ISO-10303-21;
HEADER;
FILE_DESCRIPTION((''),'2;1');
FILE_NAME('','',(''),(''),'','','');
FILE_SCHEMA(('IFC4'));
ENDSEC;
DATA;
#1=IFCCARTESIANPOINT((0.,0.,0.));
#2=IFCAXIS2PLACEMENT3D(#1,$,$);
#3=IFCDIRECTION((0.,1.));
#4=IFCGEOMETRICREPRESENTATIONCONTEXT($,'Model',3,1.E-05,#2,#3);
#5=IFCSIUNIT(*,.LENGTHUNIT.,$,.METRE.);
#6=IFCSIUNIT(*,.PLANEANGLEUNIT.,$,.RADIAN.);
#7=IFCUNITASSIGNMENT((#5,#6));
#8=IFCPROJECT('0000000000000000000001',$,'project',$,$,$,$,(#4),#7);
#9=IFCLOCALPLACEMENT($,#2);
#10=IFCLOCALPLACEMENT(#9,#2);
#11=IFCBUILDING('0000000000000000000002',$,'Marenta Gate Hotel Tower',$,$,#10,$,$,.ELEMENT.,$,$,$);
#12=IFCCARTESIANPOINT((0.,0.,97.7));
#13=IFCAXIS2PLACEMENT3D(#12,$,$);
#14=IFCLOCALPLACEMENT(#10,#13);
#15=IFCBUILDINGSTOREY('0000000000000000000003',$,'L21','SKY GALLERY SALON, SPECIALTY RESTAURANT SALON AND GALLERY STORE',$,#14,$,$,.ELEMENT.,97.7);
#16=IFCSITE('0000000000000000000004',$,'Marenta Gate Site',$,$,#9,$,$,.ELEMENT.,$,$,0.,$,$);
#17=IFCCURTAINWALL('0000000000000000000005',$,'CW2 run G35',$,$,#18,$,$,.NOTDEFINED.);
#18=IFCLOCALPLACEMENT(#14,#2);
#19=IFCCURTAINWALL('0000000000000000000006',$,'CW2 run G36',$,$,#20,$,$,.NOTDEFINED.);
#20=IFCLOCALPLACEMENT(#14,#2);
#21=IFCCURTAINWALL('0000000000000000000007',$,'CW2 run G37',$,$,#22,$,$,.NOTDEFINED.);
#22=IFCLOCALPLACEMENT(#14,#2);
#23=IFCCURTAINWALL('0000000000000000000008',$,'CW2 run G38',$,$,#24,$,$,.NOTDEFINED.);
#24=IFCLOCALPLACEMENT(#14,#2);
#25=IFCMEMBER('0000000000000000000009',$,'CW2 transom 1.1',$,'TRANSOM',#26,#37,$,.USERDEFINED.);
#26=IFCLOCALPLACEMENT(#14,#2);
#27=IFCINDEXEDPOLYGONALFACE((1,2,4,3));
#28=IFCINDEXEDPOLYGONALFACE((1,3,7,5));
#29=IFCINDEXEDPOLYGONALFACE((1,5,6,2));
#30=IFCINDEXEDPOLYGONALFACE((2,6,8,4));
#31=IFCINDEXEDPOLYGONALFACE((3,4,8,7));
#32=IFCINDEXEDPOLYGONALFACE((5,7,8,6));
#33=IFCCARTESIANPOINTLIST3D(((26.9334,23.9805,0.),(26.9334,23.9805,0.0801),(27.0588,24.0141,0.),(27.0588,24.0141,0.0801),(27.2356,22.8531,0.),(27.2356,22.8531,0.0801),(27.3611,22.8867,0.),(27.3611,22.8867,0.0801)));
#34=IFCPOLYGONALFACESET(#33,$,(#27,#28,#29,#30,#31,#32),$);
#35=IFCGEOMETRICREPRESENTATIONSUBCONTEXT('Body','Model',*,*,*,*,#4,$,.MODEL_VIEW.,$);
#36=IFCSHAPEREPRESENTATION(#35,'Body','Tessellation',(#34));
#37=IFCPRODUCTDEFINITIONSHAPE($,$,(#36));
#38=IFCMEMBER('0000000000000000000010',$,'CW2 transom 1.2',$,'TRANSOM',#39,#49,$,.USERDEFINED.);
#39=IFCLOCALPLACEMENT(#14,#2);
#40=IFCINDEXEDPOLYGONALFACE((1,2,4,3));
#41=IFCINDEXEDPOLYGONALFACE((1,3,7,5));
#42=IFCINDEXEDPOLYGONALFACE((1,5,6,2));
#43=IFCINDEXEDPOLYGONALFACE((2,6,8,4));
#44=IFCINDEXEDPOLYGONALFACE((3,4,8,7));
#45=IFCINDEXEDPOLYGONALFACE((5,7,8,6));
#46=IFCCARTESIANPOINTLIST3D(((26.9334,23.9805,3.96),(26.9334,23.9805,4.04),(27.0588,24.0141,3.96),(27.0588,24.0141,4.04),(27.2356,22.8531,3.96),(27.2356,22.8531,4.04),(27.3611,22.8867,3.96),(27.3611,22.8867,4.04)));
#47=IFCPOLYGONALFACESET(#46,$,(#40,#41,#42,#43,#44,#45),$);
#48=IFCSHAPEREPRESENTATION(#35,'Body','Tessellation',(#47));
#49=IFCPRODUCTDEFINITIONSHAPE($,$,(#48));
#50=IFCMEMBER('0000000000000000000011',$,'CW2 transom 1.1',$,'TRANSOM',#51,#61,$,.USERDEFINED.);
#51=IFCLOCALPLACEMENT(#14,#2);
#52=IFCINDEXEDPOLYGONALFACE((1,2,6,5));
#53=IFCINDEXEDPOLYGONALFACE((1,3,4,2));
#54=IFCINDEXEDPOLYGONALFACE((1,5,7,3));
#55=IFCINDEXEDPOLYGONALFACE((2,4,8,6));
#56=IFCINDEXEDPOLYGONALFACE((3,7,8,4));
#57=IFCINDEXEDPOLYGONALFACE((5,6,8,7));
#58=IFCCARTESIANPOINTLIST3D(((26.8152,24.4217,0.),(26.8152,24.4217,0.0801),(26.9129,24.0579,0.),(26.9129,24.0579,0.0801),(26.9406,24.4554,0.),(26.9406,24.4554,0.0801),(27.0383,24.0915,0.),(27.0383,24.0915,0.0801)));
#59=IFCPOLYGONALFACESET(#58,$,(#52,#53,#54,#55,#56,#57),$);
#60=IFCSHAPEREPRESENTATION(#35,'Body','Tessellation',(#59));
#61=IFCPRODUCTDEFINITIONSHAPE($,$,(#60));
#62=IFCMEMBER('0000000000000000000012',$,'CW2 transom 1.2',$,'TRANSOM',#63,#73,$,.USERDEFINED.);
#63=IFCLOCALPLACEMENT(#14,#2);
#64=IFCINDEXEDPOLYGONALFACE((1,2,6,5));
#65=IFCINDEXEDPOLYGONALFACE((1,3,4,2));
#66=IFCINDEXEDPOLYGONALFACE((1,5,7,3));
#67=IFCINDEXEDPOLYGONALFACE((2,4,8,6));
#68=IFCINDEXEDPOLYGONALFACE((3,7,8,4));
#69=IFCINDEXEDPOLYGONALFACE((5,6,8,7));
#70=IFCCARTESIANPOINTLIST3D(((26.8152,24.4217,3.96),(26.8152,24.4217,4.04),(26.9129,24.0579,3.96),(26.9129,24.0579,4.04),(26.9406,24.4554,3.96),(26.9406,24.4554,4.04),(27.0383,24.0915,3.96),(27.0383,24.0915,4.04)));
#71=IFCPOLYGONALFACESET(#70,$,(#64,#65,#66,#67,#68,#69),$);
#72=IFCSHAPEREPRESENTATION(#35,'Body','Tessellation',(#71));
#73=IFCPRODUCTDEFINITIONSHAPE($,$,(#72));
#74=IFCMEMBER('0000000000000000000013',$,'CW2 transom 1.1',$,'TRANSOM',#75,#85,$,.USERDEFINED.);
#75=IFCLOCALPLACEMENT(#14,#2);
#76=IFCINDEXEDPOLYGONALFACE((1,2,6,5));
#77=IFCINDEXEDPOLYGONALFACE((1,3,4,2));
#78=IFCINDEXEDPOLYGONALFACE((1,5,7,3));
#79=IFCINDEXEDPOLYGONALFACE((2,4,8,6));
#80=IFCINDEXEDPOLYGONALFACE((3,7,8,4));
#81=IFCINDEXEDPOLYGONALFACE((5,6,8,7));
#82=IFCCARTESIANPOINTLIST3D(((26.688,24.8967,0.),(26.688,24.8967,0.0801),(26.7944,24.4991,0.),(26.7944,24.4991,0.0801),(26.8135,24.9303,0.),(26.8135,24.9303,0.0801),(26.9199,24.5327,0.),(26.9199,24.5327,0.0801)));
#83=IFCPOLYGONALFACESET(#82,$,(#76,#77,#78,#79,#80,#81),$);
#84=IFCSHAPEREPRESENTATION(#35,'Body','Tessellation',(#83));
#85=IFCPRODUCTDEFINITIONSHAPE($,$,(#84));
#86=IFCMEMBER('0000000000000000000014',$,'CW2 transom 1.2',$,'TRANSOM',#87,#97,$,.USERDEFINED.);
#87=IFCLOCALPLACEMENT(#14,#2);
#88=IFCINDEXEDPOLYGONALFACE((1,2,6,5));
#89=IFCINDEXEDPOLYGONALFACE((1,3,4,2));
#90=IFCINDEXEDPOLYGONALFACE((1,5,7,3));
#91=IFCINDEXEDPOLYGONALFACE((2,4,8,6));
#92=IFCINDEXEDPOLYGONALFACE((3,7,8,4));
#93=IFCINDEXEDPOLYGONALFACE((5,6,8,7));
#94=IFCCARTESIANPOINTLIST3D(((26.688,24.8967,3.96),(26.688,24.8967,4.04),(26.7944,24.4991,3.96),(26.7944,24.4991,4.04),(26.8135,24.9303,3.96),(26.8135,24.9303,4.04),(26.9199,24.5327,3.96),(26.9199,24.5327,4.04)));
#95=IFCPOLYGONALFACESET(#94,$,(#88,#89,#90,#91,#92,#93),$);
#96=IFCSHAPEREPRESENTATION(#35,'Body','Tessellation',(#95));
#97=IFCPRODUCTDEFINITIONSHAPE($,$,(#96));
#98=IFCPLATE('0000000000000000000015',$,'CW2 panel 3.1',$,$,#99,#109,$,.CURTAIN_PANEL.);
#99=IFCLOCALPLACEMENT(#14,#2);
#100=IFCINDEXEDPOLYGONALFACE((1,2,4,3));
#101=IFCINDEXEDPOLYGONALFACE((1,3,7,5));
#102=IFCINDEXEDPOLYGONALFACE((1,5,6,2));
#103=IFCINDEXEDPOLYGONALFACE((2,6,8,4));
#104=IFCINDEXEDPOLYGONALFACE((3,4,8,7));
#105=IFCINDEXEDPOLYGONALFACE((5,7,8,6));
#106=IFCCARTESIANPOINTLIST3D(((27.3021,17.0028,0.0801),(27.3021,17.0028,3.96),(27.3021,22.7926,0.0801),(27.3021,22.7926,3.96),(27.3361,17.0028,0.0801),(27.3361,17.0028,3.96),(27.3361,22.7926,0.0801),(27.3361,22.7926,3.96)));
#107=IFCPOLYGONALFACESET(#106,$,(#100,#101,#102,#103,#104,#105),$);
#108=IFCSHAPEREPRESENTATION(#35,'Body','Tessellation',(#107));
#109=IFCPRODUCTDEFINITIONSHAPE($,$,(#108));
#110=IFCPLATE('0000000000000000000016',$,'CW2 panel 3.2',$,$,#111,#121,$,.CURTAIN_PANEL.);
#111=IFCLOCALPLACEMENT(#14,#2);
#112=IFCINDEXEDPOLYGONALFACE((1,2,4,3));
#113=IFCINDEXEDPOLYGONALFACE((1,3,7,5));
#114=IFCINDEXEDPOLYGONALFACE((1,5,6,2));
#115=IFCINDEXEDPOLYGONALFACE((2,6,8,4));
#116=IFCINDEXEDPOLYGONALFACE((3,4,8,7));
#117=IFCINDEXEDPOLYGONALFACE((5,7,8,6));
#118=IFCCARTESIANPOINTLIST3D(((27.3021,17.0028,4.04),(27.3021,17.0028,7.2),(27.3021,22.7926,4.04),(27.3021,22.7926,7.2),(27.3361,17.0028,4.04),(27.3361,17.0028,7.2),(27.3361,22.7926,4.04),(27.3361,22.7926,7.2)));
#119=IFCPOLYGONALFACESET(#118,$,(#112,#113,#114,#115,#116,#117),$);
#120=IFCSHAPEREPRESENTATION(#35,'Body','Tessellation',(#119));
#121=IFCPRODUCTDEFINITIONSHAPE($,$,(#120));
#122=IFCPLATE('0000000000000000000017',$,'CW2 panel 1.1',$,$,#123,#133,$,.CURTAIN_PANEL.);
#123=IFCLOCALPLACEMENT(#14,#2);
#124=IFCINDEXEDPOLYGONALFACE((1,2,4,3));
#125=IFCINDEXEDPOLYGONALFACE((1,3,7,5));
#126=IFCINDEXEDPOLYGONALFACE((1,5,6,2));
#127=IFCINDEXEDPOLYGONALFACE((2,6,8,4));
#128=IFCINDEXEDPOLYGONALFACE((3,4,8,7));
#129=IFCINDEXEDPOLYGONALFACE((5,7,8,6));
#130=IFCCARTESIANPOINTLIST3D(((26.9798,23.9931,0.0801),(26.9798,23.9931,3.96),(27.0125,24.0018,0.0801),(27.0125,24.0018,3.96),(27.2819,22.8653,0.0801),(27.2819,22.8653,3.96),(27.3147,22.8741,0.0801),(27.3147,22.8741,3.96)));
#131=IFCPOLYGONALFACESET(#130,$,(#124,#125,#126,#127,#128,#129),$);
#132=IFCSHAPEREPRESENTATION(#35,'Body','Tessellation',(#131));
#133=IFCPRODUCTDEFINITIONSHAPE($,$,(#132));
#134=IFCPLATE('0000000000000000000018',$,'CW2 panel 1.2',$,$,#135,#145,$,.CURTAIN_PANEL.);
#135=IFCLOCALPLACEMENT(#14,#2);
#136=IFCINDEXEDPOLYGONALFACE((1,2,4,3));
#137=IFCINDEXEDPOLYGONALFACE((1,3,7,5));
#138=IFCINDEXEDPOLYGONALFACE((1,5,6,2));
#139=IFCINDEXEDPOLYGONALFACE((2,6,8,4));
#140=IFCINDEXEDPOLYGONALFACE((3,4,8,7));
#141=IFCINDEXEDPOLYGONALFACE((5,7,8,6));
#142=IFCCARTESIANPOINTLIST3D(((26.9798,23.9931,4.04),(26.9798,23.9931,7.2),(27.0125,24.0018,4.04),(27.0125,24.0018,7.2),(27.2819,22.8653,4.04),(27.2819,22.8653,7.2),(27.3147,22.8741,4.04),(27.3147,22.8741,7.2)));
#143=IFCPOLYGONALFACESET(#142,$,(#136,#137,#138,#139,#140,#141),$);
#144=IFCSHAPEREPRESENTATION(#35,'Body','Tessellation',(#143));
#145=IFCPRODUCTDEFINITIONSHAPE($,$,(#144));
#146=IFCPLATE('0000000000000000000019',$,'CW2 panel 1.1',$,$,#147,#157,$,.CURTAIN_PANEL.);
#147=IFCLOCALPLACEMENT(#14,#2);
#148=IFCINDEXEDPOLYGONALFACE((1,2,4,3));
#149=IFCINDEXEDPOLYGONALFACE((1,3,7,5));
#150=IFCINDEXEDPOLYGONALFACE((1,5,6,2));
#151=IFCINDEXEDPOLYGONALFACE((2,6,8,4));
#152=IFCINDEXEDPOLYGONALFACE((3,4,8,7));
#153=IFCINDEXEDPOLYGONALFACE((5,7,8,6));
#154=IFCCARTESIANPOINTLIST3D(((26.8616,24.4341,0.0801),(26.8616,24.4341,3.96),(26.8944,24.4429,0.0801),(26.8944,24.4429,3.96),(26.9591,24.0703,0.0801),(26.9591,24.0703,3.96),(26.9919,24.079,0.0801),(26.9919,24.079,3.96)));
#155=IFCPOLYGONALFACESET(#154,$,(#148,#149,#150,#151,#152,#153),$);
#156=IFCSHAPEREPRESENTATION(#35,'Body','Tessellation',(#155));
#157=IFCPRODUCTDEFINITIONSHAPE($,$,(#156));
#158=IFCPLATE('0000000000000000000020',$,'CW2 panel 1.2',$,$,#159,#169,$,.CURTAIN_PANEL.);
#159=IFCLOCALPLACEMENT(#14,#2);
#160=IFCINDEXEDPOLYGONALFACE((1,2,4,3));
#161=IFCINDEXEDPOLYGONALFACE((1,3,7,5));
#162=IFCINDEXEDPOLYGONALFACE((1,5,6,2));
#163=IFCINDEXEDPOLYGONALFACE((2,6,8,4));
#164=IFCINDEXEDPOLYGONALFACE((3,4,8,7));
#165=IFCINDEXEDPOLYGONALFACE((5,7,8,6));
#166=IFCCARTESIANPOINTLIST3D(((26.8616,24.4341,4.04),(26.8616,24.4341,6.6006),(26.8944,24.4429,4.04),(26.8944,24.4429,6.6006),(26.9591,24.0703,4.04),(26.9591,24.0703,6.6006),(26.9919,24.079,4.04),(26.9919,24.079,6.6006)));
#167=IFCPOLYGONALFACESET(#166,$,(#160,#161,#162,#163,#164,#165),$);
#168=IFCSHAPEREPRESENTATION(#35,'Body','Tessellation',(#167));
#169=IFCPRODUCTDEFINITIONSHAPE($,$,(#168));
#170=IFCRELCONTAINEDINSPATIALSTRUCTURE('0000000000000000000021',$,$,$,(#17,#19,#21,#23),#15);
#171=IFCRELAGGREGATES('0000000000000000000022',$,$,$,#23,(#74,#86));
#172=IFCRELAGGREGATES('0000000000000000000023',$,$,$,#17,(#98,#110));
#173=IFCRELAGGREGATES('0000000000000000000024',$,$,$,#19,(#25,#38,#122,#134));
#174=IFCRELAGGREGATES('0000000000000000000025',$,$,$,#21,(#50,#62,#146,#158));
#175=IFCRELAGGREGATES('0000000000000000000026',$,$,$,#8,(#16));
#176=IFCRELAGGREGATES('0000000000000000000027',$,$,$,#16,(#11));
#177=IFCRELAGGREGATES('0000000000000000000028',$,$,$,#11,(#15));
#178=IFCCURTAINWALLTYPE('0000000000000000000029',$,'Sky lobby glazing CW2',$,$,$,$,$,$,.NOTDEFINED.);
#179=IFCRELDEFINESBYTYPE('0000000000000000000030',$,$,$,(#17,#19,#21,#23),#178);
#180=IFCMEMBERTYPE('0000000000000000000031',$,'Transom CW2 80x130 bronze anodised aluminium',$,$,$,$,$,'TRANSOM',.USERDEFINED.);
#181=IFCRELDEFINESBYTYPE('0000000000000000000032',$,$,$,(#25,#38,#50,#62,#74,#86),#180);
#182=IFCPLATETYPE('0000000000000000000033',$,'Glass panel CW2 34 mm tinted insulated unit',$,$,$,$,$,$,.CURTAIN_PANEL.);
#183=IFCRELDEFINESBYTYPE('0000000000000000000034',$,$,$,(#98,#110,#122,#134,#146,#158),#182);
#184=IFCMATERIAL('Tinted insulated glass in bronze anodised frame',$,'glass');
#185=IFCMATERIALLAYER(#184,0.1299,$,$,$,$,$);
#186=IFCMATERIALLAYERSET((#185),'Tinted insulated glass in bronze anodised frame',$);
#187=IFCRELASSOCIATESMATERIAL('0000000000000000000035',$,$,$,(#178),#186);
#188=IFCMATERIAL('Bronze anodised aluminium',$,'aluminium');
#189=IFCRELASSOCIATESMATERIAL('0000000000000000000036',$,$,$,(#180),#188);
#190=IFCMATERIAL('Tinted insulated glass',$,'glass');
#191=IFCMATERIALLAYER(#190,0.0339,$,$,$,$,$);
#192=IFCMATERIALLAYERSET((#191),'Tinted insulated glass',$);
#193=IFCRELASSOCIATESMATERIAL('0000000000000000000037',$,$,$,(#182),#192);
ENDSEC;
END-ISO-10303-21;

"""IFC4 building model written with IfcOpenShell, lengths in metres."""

from ifc_helpers import new_model, si_unit, direction, frame, origin, origin_2d, place, context, subcontext, project, spatial, rectangle, extrude, material, layer, layer_set, material_profile, profile_set, type_object, element, aggregate, save


model = new_model("IFC4")

# Units and contexts
model_context = context("Model", 3, precision=1e-05, world=origin(), true_north=direction((0.0, 1.0)))
body_context = subcontext(model_context, "Body", "Model", "MODEL_VIEW")
ifc_project = project(units=[si_unit("LENGTHUNIT", "METRE"), si_unit("PLANEANGLEUNIT", "RADIAN")], contexts=[model_context])

# Site, building, storey
site_placement = place(None, origin())
site = spatial("IfcSite", under=ifc_project, at=site_placement, Name="Marenta Gate Site", CompositionType="ELEMENT", RefElevation=0.0)
building_placement = place(site_placement, origin())
building = spatial("IfcBuilding", under=site, at=building_placement, Name="Marenta Gate Hotel Tower", CompositionType="ELEMENT")
storey_placement = place(building_placement, frame((0.0, 0.0, 97.7)))
storey = spatial("IfcBuildingStorey", under=building, at=storey_placement, Name="L21", Description="SKY GALLERY SALON, SPECIALTY RESTAURANT SALON AND GALLERY STORE", CompositionType="ELEMENT", Elevation=97.7)

# Curtain walls
ifc_material_1 = material(Name="Tinted insulated glass in bronze anodised frame", Category="glass")
ifc_layer_1 = layer(ifc_material_1, 0.1299)
ifc_layer_set_1 = layer_set([ifc_layer_1], Name="Tinted insulated glass in bronze anodised frame")
curtain_wall_type = type_object("IfcCurtainWallType", Name="Sky lobby glazing CW2", PredefinedType="NOTDEFINED", material=ifc_layer_set_1)
curtain_wall_1_placement = place(storey_placement, origin())
curtain_wall_1 = element("IfcCurtainWall", 1, at=curtain_wall_1_placement, inside=storey, type_object=curtain_wall_type, Name="CW2 run G35", PredefinedType="NOTDEFINED")
curtain_wall_2_placement = place(storey_placement, origin())
curtain_wall_2 = element("IfcCurtainWall", 2, at=curtain_wall_2_placement, inside=storey, type_object=curtain_wall_type, Name="CW2 run G36", PredefinedType="NOTDEFINED")
curtain_wall_3_placement = place(storey_placement, origin())
curtain_wall_3 = element("IfcCurtainWall", 3, at=curtain_wall_3_placement, inside=storey, type_object=curtain_wall_type, Name="CW2 run G37", PredefinedType="NOTDEFINED")
curtain_wall_4_placement = place(storey_placement, origin())
curtain_wall_4 = element("IfcCurtainWall", 4, at=curtain_wall_4_placement, inside=storey, type_object=curtain_wall_type, Name="CW2 run G38", PredefinedType="NOTDEFINED")

# Members
ifc_material_2 = material(Name="Bronze anodised aluminium", Category="aluminium")
ifc_material_profile_1 = material_profile(ifc_material_2, rectangle(XDim=0.1299, YDim=0.0801, at=origin_2d()), Name="Transom CW2 80x130 bronze anodised aluminium")
ifc_profile_set_1 = profile_set([ifc_material_profile_1], Name="Bronze anodised aluminium")
member_type_1 = type_object("IfcMemberType", Name="Transom CW2 80x130 bronze anodised aluminium", ElementType="TRANSOM", PredefinedType="USERDEFINED", material=ifc_profile_set_1)
member_1_placement = place(storey_placement, frame((27.2983, 22.8699, 0.04), z_axis=(-0.258938, 0.965894, 0.0), x_axis=(-0.965894, -0.258938, 0.0)))
member_1 = element("IfcMember", 5, at=member_1_placement, type_object=member_type_1, Name="CW2 transom 1.1", ObjectType="TRANSOM", PredefinedType="USERDEFINED", context=body_context, shape_type="SweptSolid", body=[
    extrude(rectangle(XDim=0.1299, YDim=0.0801, at=origin_2d()), origin(), (0.0, 0.0, 1.0), 1.1672),
])
member_2_placement = place(storey_placement, frame((27.2983, 22.8699, 4.0), z_axis=(-0.258938, 0.965894, 0.0), x_axis=(-0.965894, -0.258938, 0.0)))
member_2 = element("IfcMember", 6, at=member_2_placement, type_object=member_type_1, Name="CW2 transom 1.2", ObjectType="TRANSOM", PredefinedType="USERDEFINED", context=body_context, shape_type="SweptSolid", body=[
    extrude(rectangle(XDim=0.1299, YDim=0.0801, at=origin_2d()), origin(), (0.0, 0.0, 1.0), 1.1672),
])
member_3_placement = place(storey_placement, frame((26.9756, 24.0747, 0.04), z_axis=(-0.259276, 0.965803, 0.0), x_axis=(-0.965803, -0.259276, 0.0)))
member_3 = element("IfcMember", 7, at=member_3_placement, type_object=member_type_1, Name="CW2 transom 1.1", ObjectType="TRANSOM", PredefinedType="USERDEFINED", context=body_context, shape_type="SweptSolid", body=[
    extrude(rectangle(XDim=0.1299, YDim=0.0801, at=origin_2d()), origin(), (0.0, 0.0, 1.0), 0.3767),
])
member_4_placement = place(storey_placement, frame((26.9756, 24.0747, 4.0), z_axis=(-0.259276, 0.965803, 0.0), x_axis=(-0.965803, -0.259276, 0.0)))
member_4 = element("IfcMember", 8, at=member_4_placement, type_object=member_type_1, Name="CW2 transom 1.2", ObjectType="TRANSOM", PredefinedType="USERDEFINED", context=body_context, shape_type="SweptSolid", body=[
    extrude(rectangle(XDim=0.1299, YDim=0.0801, at=origin_2d()), origin(), (0.0, 0.0, 1.0), 0.3767),
])
member_5_placement = place(storey_placement, frame((26.8572, 24.5159, 0.04), z_axis=(-0.258548, 0.965998, 0.0), x_axis=(-0.965998, -0.258548, 0.0)))
member_5 = element("IfcMember", 9, at=member_5_placement, type_object=member_type_1, Name="CW2 transom 1.1", ObjectType="TRANSOM", PredefinedType="USERDEFINED", context=body_context, shape_type="SweptSolid", body=[
    extrude(rectangle(XDim=0.1299, YDim=0.0801, at=origin_2d()), origin(), (0.0, 0.0, 1.0), 0.4116),
])
member_6_placement = place(storey_placement, frame((26.8572, 24.5159, 4.0), z_axis=(-0.258548, 0.965998, 0.0), x_axis=(-0.965998, -0.258548, 0.0)))
member_6 = element("IfcMember", 10, at=member_6_placement, type_object=member_type_1, Name="CW2 transom 1.2", ObjectType="TRANSOM", PredefinedType="USERDEFINED", context=body_context, shape_type="SweptSolid", body=[
    extrude(rectangle(XDim=0.1299, YDim=0.0801, at=origin_2d()), origin(), (0.0, 0.0, 1.0), 0.4116),
])
aggregate(curtain_wall_4, [member_5, member_6])

# Plates
ifc_material_3 = material(Name="Tinted insulated glass", Category="glass")
ifc_layer_2 = layer(ifc_material_3, 0.0339)
ifc_layer_set_2 = layer_set([ifc_layer_2], Name="Tinted insulated glass")
plate_type = type_object("IfcPlateType", Name="Glass panel CW2 34 mm tinted insulated unit", PredefinedType="CURTAIN_PANEL", material=ifc_layer_set_2)
plate_1_placement = place(storey_placement, frame((27.3191, 19.8977, 0.0801), z_axis=(0.0, 0.0, 1.0), x_axis=(0.0, 1.0, 0.0)))
plate_1 = element("IfcPlate", 11, at=plate_1_placement, type_object=plate_type, Name="CW2 panel 3.1", PredefinedType="CURTAIN_PANEL", context=body_context, shape_type="SweptSolid", body=[
    extrude(rectangle(XDim=5.7898, YDim=0.0339, at=origin_2d()), origin(), (0.0, 0.0, 1.0), 3.8799),
])
plate_2_placement = place(storey_placement, frame((27.3191, 19.8977, 4.04), z_axis=(0.0, 0.0, 1.0), x_axis=(0.0, 1.0, 0.0)))
plate_2 = element("IfcPlate", 12, at=plate_2_placement, type_object=plate_type, Name="CW2 panel 3.2", PredefinedType="CURTAIN_PANEL", context=body_context, shape_type="SweptSolid", body=[
    extrude(rectangle(XDim=5.7898, YDim=0.0339, at=origin_2d()), origin(), (0.0, 0.0, 1.0), 3.1599),
])
aggregate(curtain_wall_1, [plate_1, plate_2])
plate_3_placement = place(storey_placement, frame((27.1472, 23.4336, 0.0801), z_axis=(0.0, 0.0, 1.0), x_axis=(-0.25878, 0.965936, 0.0)))
plate_3 = element("IfcPlate", 13, at=plate_3_placement, type_object=plate_type, Name="CW2 panel 1.1", PredefinedType="CURTAIN_PANEL", context=body_context, shape_type="SweptSolid", body=[
    extrude(rectangle(XDim=1.1675, YDim=0.0339, at=origin_2d()), origin(), (0.0, 0.0, 1.0), 3.8799),
])
plate_4_placement = place(storey_placement, frame((27.1472, 23.4336, 4.04), z_axis=(0.0, 0.0, 1.0), x_axis=(-0.25878, 0.965936, 0.0)))
plate_4 = element("IfcPlate", 14, at=plate_4_placement, type_object=plate_type, Name="CW2 panel 1.2", PredefinedType="CURTAIN_PANEL", context=body_context, shape_type="SweptSolid", body=[
    extrude(rectangle(XDim=1.1675, YDim=0.0339, at=origin_2d()), origin(), (0.0, 0.0, 1.0), 3.1599),
])
aggregate(curtain_wall_2, [member_1, member_2, plate_3, plate_4])
plate_5_placement = place(storey_placement, frame((26.9268, 24.2566, 0.0801), z_axis=(0.0, 0.0, 1.0), x_axis=(-0.258835, 0.965922, 0.0)))
plate_5 = element("IfcPlate", 15, at=plate_5_placement, type_object=plate_type, Name="CW2 panel 1.1", PredefinedType="CURTAIN_PANEL", context=body_context, shape_type="SweptSolid", body=[
    extrude(rectangle(XDim=0.3767, YDim=0.0339, at=origin_2d()), origin(), (0.0, 0.0, 1.0), 3.8799),
])
plate_6_placement = place(storey_placement, frame((26.9268, 24.2566, 4.04), z_axis=(0.0, 0.0, 1.0), x_axis=(-0.258835, 0.965922, 0.0)))
plate_6 = element("IfcPlate", 16, at=plate_6_placement, type_object=plate_type, Name="CW2 panel 1.2", PredefinedType="CURTAIN_PANEL", context=body_context, shape_type="SweptSolid", body=[
    extrude(rectangle(XDim=0.3767, YDim=0.0339, at=origin_2d()), origin(), (0.0, 0.0, 1.0), 2.5605),
])
aggregate(curtain_wall_3, [member_3, member_4, plate_5, plate_6])

save(model, "model.ifc")
